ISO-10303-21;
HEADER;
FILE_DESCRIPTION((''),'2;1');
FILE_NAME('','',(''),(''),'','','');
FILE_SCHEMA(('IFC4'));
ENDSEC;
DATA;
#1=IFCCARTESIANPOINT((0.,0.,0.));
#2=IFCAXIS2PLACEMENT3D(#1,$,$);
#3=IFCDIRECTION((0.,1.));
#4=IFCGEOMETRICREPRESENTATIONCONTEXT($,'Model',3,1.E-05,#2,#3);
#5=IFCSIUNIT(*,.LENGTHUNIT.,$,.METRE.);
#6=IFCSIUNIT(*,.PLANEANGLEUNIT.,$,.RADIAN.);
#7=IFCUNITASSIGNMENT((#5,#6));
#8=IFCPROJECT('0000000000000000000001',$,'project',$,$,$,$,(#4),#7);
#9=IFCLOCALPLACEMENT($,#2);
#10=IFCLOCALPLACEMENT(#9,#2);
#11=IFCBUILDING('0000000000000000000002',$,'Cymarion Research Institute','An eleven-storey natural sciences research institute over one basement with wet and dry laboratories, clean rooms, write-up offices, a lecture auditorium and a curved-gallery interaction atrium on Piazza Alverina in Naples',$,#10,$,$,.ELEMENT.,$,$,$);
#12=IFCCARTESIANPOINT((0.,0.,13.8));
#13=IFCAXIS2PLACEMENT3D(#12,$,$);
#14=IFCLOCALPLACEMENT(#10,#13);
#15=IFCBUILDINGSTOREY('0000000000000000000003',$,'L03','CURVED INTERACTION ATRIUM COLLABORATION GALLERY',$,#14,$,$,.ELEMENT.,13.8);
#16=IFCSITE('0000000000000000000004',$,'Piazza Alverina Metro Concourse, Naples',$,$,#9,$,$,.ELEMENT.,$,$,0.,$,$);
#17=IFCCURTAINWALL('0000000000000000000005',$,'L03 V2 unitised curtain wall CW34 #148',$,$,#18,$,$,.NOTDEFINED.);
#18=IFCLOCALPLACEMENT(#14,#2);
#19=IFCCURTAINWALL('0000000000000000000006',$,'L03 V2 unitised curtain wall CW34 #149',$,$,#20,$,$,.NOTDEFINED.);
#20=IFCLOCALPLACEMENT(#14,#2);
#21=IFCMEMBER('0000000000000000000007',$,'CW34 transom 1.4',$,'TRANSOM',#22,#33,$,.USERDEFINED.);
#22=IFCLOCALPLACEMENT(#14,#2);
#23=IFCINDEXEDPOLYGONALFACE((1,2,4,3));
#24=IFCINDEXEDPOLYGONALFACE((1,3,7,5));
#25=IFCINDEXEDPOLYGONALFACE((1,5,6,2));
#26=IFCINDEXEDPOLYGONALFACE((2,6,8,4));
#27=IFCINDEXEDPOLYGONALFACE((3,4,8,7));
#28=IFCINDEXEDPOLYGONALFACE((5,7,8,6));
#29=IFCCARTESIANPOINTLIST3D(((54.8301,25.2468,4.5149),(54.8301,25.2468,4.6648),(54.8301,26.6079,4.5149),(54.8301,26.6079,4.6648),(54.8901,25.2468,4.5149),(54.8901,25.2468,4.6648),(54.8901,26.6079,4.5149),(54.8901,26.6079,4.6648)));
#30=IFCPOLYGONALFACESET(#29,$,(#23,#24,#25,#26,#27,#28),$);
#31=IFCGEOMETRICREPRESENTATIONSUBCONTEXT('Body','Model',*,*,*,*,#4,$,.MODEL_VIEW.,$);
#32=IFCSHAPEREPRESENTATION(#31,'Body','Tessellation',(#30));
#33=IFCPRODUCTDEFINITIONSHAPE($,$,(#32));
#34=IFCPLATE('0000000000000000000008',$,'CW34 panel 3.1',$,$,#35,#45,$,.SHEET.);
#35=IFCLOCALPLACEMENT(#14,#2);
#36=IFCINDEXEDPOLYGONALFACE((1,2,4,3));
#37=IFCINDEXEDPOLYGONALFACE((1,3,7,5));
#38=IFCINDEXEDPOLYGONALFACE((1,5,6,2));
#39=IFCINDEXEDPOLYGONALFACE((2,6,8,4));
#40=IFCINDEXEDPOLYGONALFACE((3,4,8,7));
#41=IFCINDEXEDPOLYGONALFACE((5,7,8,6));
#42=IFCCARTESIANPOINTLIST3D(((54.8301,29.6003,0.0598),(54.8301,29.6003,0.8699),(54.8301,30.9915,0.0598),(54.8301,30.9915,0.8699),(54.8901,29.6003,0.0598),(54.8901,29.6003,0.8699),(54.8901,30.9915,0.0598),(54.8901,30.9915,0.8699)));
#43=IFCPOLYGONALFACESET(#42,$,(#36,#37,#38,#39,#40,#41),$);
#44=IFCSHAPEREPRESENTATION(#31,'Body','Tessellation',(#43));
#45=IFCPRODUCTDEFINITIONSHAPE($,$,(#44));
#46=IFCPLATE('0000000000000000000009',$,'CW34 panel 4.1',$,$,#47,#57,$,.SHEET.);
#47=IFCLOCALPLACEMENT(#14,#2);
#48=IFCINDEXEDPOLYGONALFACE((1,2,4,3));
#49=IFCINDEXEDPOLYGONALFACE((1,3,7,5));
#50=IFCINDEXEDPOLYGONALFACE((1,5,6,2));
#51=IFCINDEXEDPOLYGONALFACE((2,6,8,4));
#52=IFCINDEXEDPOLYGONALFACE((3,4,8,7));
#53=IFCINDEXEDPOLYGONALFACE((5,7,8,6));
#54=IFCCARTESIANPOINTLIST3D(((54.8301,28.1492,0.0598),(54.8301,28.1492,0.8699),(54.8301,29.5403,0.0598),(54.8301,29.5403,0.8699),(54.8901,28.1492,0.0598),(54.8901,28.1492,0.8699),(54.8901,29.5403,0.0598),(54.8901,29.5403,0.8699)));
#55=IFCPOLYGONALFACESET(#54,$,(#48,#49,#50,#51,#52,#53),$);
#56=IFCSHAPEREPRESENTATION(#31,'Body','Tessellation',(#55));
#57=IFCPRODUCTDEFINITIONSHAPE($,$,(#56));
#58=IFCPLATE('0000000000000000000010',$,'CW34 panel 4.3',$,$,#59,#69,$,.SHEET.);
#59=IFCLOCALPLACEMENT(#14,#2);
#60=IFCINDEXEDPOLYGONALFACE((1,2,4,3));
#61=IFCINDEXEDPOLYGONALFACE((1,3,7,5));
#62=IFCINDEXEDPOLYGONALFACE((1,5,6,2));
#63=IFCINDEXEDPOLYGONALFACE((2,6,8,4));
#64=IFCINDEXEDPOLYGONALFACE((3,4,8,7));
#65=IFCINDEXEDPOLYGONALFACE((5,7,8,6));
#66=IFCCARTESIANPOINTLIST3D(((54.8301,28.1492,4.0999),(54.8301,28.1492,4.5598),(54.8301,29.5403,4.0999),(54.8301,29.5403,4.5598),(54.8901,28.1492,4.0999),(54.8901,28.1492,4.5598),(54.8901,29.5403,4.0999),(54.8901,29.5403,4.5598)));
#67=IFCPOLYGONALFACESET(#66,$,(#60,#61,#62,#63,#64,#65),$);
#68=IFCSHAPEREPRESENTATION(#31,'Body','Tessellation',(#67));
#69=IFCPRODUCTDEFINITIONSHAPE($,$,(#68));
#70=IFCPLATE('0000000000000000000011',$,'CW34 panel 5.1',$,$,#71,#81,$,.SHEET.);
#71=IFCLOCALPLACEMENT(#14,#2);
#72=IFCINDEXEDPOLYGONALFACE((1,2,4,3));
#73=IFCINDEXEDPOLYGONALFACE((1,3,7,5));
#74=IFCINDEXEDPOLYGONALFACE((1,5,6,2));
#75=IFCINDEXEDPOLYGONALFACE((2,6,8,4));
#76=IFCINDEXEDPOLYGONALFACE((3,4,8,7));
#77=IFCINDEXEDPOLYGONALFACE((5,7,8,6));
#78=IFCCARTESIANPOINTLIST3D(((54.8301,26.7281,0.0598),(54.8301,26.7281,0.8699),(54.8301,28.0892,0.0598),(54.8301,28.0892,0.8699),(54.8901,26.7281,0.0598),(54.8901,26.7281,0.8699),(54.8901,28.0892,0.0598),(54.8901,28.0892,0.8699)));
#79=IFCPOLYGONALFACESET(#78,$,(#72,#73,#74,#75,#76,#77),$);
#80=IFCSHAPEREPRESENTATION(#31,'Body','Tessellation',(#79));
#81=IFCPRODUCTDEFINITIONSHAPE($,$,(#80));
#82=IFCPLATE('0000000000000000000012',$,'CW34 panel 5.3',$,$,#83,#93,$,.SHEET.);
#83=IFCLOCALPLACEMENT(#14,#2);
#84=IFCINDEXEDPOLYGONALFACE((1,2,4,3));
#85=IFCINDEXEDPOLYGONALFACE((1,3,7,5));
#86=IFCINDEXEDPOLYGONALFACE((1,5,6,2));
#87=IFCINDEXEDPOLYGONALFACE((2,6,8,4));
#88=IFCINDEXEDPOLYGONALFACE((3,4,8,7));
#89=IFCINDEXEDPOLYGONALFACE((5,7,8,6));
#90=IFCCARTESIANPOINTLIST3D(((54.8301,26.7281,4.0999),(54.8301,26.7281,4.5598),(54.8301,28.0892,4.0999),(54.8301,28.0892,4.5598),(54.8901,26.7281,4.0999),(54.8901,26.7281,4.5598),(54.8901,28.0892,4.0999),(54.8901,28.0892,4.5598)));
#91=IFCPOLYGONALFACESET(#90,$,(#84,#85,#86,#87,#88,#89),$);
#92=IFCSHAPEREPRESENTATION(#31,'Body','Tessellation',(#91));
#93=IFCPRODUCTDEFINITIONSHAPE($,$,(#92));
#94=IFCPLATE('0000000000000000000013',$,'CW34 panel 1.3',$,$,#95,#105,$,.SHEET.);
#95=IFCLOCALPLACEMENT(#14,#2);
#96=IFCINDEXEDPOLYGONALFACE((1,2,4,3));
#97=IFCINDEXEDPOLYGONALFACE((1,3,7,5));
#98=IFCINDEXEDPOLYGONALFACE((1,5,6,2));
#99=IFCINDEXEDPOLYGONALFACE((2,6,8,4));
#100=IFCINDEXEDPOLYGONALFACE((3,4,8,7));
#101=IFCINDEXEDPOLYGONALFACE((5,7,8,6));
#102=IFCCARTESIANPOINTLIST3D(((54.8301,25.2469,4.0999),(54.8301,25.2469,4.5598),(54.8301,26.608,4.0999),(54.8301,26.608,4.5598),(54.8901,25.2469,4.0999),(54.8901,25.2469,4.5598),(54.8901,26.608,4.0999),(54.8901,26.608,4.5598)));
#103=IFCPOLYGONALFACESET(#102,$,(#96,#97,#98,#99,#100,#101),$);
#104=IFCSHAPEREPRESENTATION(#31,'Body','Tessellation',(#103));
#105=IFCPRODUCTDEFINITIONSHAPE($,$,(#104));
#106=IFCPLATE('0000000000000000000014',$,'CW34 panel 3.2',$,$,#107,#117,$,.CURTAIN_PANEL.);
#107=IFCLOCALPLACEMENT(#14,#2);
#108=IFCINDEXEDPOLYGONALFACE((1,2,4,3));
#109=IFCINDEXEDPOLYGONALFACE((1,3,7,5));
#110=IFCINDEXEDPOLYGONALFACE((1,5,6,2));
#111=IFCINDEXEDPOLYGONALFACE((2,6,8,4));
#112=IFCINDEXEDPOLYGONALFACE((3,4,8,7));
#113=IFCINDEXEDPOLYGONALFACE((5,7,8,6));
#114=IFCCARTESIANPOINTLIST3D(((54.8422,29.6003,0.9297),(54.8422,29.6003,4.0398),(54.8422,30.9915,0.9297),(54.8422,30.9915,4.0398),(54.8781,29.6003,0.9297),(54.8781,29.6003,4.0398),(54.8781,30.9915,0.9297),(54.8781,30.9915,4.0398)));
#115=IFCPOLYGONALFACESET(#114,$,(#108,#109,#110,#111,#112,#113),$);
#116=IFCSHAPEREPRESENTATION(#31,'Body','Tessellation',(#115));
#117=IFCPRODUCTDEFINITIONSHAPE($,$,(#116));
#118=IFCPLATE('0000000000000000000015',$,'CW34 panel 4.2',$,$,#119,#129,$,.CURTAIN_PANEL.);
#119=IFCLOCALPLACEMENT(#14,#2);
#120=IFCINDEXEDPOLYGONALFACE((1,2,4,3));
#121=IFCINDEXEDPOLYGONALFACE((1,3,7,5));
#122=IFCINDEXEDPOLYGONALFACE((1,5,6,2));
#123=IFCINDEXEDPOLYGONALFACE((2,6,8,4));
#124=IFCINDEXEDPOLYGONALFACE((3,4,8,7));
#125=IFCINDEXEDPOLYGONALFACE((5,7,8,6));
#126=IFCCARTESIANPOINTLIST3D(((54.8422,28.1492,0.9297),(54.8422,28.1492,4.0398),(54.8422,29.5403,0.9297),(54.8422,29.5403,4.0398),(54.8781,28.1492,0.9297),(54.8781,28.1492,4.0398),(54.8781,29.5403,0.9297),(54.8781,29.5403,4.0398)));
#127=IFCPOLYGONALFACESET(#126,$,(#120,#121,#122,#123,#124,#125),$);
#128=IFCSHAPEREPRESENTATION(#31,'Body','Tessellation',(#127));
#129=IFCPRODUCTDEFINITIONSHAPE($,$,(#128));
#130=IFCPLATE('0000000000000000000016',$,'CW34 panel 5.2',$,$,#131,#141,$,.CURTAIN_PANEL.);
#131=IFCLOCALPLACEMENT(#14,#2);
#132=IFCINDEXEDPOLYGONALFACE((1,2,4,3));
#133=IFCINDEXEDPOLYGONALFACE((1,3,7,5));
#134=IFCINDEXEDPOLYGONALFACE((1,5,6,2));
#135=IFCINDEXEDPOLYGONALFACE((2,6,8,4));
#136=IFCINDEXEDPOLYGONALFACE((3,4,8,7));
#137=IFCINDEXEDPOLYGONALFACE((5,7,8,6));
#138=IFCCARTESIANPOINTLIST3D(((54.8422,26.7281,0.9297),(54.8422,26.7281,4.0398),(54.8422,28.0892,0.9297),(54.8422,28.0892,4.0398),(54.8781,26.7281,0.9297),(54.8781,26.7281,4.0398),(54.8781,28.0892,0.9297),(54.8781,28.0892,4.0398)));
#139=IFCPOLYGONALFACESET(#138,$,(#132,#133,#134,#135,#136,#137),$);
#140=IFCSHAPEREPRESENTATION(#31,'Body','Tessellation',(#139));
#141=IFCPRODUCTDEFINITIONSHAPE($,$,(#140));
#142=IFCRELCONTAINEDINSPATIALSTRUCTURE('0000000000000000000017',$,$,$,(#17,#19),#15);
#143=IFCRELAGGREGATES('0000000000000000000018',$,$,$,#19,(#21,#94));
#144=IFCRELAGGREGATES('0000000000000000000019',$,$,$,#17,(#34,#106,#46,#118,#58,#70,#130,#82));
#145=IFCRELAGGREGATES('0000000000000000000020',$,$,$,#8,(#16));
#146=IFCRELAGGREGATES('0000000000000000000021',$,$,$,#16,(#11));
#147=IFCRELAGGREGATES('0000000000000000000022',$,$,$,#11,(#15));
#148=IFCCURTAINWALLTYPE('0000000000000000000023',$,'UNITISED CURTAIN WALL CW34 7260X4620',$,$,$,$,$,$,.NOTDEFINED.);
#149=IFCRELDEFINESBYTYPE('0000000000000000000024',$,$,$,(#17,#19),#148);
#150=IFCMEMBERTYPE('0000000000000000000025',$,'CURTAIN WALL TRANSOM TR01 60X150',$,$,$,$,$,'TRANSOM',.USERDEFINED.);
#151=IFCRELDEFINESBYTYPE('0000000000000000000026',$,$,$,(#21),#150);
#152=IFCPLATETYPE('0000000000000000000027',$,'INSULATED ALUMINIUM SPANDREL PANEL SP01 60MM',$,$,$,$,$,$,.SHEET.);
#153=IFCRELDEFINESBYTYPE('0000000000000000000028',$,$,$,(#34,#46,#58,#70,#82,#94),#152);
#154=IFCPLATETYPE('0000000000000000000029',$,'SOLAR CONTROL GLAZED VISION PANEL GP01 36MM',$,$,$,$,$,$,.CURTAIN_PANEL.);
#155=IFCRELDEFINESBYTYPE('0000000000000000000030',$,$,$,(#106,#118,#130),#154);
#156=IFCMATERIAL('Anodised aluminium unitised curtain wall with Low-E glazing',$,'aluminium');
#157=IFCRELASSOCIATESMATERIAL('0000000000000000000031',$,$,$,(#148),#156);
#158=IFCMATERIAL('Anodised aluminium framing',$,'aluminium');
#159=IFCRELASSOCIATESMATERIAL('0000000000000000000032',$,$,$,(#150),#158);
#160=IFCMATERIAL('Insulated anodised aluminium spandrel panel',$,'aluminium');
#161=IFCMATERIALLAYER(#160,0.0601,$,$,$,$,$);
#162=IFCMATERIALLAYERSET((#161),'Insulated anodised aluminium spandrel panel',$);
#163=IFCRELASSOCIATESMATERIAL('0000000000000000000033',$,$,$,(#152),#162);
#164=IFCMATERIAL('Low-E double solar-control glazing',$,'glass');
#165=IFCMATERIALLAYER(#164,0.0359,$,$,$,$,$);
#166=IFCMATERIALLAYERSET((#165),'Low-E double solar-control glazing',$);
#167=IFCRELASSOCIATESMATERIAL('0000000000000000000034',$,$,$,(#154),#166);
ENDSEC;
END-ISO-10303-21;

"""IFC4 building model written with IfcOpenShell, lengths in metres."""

from ifc_helpers import new_model, si_unit, direction, frame, origin, origin_2d, place, context, subcontext, project, spatial, rectangle, extrude, material, layer, layer_set, material_profile, profile_set, type_object, element, aggregate, save


model = new_model("IFC4")

# Units and contexts
model_context = context("Model", 3, precision=1e-05, world=origin(), true_north=direction((0.0, 1.0)))
body_context = subcontext(model_context, "Body", "Model", "MODEL_VIEW")
ifc_project = project(units=[si_unit("LENGTHUNIT", "METRE"), si_unit("PLANEANGLEUNIT", "RADIAN")], contexts=[model_context])

# Site, building, storey
site_placement = place(None, origin())
site = spatial("IfcSite", under=ifc_project, at=site_placement, Name="Piazza Alverina Metro Concourse, Naples", CompositionType="ELEMENT", RefElevation=0.0)
building_placement = place(site_placement, origin())
building = spatial("IfcBuilding", under=site, at=building_placement, Name="Cymarion Research Institute", Description="An eleven-storey natural sciences research institute over one basement with wet and dry laboratories, clean rooms, write-up offices, a lecture auditorium and a curved-gallery interaction atrium on Piazza Alverina in Naples", CompositionType="ELEMENT")
storey_placement = place(building_placement, frame((0.0, 0.0, 13.8)))
storey = spatial("IfcBuildingStorey", under=building, at=storey_placement, Name="L03", Description="CURVED INTERACTION ATRIUM COLLABORATION GALLERY", CompositionType="ELEMENT", Elevation=13.8)

# Curtain wall
ifc_material_1 = material(Name="Anodised aluminium unitised curtain wall with Low-E glazing", Category="aluminium")
curtain_wall_type = type_object("IfcCurtainWallType", Name="UNITISED CURTAIN WALL CW34 7260X4620", PredefinedType="NOTDEFINED", material=ifc_material_1)
curtain_wall_1_placement = place(storey_placement, origin())
curtain_wall_1 = element("IfcCurtainWall", 1, at=curtain_wall_1_placement, inside=storey, type_object=curtain_wall_type, Name="L03 V2 unitised curtain wall CW34 #148", PredefinedType="NOTDEFINED")
ifc_material_2 = material(Name="Anodised aluminium framing", Category="aluminium")

# Curtain wall
curtain_wall_2_placement = place(storey_placement, origin())
curtain_wall_2 = element("IfcCurtainWall", 2, at=curtain_wall_2_placement, inside=storey, type_object=curtain_wall_type, Name="L03 V2 unitised curtain wall CW34 #149", PredefinedType="NOTDEFINED")

# Member
ifc_material_profile_1 = material_profile(ifc_material_2, rectangle(XDim=0.0601, YDim=0.1499, at=origin_2d()), Name="ALU TRANSOM 60x150")
ifc_profile_set_1 = profile_set([ifc_material_profile_1], Name="Anodised aluminium framing")
member_type_1 = type_object("IfcMemberType", Name="CURTAIN WALL TRANSOM TR01 60X150", ElementType="TRANSOM", PredefinedType="USERDEFINED", material=ifc_profile_set_1)
member_1_placement = place(storey_placement, frame((54.8601, 26.6079, 4.5898), z_axis=(0.0, -1.0, 0.0), x_axis=(1.0, 0.0, 0.0)))
member_1 = element("IfcMember", 3, at=member_1_placement, type_object=member_type_1, Name="CW34 transom 1.4", ObjectType="TRANSOM", PredefinedType="USERDEFINED", context=body_context, shape_type="SweptSolid", body=[
    extrude(rectangle(XDim=0.0601, YDim=0.1499, at=origin_2d()), origin(), (0.0, 0.0, 1.0), 1.3611),
])

# Plates
ifc_material_3 = material(Name="Insulated anodised aluminium spandrel panel", Category="aluminium")
ifc_layer_1 = layer(ifc_material_3, 0.0601)
ifc_layer_set_1 = layer_set([ifc_layer_1], Name="Insulated anodised aluminium spandrel panel")
plate_type_1 = type_object("IfcPlateType", Name="INSULATED ALUMINIUM SPANDREL PANEL SP01 60MM", PredefinedType="SHEET", material=ifc_layer_set_1)
plate_1_placement = place(storey_placement, frame((54.8601, 30.2959, 0.0598), z_axis=(0.0, 0.0, 1.0), x_axis=(0.0, -1.0, 0.0)))
plate_1 = element("IfcPlate", 4, at=plate_1_placement, type_object=plate_type_1, Name="CW34 panel 3.1", PredefinedType="SHEET", context=body_context, shape_type="SweptSolid", body=[
    extrude(rectangle(XDim=1.3911, YDim=0.0601, at=origin_2d()), origin(), (0.0, 0.0, 1.0), 0.8101),
])
plate_2_placement = place(storey_placement, frame((54.8601, 28.8447, 0.0598), z_axis=(0.0, 0.0, 1.0), x_axis=(0.0, -1.0, 0.0)))
plate_2 = element("IfcPlate", 5, at=plate_2_placement, type_object=plate_type_1, Name="CW34 panel 4.1", PredefinedType="SHEET", context=body_context, shape_type="SweptSolid", body=[
    extrude(rectangle(XDim=1.3911, YDim=0.0601, at=origin_2d()), origin(), (0.0, 0.0, 1.0), 0.8101),
])
plate_3_placement = place(storey_placement, frame((54.8601, 28.8447, 4.0999), z_axis=(0.0, 0.0, 1.0), x_axis=(0.0, -1.0, 0.0)))
plate_3 = element("IfcPlate", 6, at=plate_3_placement, type_object=plate_type_1, Name="CW34 panel 4.3", PredefinedType="SHEET", context=body_context, shape_type="SweptSolid", body=[
    extrude(rectangle(XDim=1.3911, YDim=0.0601, at=origin_2d()), origin(), (0.0, 0.0, 1.0), 0.46),
])
plate_4_placement = place(storey_placement, frame((54.8601, 27.4087, 0.0598), z_axis=(0.0, 0.0, 1.0), x_axis=(0.0, -1.0, 0.0)))
plate_4 = element("IfcPlate", 7, at=plate_4_placement, type_object=plate_type_1, Name="CW34 panel 5.1", PredefinedType="SHEET", context=body_context, shape_type="SweptSolid", body=[
    extrude(rectangle(XDim=1.3611, YDim=0.0601, at=origin_2d()), origin(), (0.0, 0.0, 1.0), 0.8101),
])
plate_5_placement = place(storey_placement, frame((54.8601, 27.4087, 4.0999), z_axis=(0.0, 0.0, 1.0), x_axis=(0.0, -1.0, 0.0)))
plate_5 = element("IfcPlate", 8, at=plate_5_placement, type_object=plate_type_1, Name="CW34 panel 5.3", PredefinedType="SHEET", context=body_context, shape_type="SweptSolid", body=[
    extrude(rectangle(XDim=1.3611, YDim=0.0601, at=origin_2d()), origin(), (0.0, 0.0, 1.0), 0.46),
])
plate_6_placement = place(storey_placement, frame((54.8601, 25.9275, 4.0999), z_axis=(0.0, 0.0, 1.0), x_axis=(0.0, -1.0, 0.0)))
plate_6 = element("IfcPlate", 9, at=plate_6_placement, type_object=plate_type_1, Name="CW34 panel 1.3", PredefinedType="SHEET", context=body_context, shape_type="SweptSolid", body=[
    extrude(rectangle(XDim=1.3611, YDim=0.0601, at=origin_2d()), origin(), (0.0, 0.0, 1.0), 0.46),
])
aggregate(curtain_wall_2, [member_1, plate_6])
ifc_material_4 = material(Name="Low-E double solar-control glazing", Category="glass")
ifc_layer_2 = layer(ifc_material_4, 0.0359)
ifc_layer_set_2 = layer_set([ifc_layer_2], Name="Low-E double solar-control glazing")
plate_type_2 = type_object("IfcPlateType", Name="SOLAR CONTROL GLAZED VISION PANEL GP01 36MM", PredefinedType="CURTAIN_PANEL", material=ifc_layer_set_2)
plate_7_placement = place(storey_placement, frame((54.8601, 30.2959, 0.9297), z_axis=(0.0, 0.0, 1.0), x_axis=(0.0, -1.0, 0.0)))
plate_7 = element("IfcPlate", 10, at=plate_7_placement, type_object=plate_type_2, Name="CW34 panel 3.2", PredefinedType="CURTAIN_PANEL", context=body_context, shape_type="SweptSolid", body=[
    extrude(rectangle(XDim=1.3911, YDim=0.0359, at=origin_2d()), origin(), (0.0, 0.0, 1.0), 3.1101),
])
plate_8_placement = place(storey_placement, frame((54.8601, 28.8447, 0.9297), z_axis=(0.0, 0.0, 1.0), x_axis=(0.0, -1.0, 0.0)))
plate_8 = element("IfcPlate", 11, at=plate_8_placement, type_object=plate_type_2, Name="CW34 panel 4.2", PredefinedType="CURTAIN_PANEL", context=body_context, shape_type="SweptSolid", body=[
    extrude(rectangle(XDim=1.3911, YDim=0.0359, at=origin_2d()), origin(), (0.0, 0.0, 1.0), 3.1101),
])
plate_9_placement = place(storey_placement, frame((54.8601, 27.4087, 0.9297), z_axis=(0.0, 0.0, 1.0), x_axis=(0.0, -1.0, 0.0)))
plate_9 = element("IfcPlate", 12, at=plate_9_placement, type_object=plate_type_2, Name="CW34 panel 5.2", PredefinedType="CURTAIN_PANEL", context=body_context, shape_type="SweptSolid", body=[
    extrude(rectangle(XDim=1.3611, YDim=0.0359, at=origin_2d()), origin(), (0.0, 0.0, 1.0), 3.1101),
])
aggregate(curtain_wall_1, [plate_1, plate_7, plate_2, plate_8, plate_3, plate_4, plate_9, plate_5])

save(model, "model.ifc")
